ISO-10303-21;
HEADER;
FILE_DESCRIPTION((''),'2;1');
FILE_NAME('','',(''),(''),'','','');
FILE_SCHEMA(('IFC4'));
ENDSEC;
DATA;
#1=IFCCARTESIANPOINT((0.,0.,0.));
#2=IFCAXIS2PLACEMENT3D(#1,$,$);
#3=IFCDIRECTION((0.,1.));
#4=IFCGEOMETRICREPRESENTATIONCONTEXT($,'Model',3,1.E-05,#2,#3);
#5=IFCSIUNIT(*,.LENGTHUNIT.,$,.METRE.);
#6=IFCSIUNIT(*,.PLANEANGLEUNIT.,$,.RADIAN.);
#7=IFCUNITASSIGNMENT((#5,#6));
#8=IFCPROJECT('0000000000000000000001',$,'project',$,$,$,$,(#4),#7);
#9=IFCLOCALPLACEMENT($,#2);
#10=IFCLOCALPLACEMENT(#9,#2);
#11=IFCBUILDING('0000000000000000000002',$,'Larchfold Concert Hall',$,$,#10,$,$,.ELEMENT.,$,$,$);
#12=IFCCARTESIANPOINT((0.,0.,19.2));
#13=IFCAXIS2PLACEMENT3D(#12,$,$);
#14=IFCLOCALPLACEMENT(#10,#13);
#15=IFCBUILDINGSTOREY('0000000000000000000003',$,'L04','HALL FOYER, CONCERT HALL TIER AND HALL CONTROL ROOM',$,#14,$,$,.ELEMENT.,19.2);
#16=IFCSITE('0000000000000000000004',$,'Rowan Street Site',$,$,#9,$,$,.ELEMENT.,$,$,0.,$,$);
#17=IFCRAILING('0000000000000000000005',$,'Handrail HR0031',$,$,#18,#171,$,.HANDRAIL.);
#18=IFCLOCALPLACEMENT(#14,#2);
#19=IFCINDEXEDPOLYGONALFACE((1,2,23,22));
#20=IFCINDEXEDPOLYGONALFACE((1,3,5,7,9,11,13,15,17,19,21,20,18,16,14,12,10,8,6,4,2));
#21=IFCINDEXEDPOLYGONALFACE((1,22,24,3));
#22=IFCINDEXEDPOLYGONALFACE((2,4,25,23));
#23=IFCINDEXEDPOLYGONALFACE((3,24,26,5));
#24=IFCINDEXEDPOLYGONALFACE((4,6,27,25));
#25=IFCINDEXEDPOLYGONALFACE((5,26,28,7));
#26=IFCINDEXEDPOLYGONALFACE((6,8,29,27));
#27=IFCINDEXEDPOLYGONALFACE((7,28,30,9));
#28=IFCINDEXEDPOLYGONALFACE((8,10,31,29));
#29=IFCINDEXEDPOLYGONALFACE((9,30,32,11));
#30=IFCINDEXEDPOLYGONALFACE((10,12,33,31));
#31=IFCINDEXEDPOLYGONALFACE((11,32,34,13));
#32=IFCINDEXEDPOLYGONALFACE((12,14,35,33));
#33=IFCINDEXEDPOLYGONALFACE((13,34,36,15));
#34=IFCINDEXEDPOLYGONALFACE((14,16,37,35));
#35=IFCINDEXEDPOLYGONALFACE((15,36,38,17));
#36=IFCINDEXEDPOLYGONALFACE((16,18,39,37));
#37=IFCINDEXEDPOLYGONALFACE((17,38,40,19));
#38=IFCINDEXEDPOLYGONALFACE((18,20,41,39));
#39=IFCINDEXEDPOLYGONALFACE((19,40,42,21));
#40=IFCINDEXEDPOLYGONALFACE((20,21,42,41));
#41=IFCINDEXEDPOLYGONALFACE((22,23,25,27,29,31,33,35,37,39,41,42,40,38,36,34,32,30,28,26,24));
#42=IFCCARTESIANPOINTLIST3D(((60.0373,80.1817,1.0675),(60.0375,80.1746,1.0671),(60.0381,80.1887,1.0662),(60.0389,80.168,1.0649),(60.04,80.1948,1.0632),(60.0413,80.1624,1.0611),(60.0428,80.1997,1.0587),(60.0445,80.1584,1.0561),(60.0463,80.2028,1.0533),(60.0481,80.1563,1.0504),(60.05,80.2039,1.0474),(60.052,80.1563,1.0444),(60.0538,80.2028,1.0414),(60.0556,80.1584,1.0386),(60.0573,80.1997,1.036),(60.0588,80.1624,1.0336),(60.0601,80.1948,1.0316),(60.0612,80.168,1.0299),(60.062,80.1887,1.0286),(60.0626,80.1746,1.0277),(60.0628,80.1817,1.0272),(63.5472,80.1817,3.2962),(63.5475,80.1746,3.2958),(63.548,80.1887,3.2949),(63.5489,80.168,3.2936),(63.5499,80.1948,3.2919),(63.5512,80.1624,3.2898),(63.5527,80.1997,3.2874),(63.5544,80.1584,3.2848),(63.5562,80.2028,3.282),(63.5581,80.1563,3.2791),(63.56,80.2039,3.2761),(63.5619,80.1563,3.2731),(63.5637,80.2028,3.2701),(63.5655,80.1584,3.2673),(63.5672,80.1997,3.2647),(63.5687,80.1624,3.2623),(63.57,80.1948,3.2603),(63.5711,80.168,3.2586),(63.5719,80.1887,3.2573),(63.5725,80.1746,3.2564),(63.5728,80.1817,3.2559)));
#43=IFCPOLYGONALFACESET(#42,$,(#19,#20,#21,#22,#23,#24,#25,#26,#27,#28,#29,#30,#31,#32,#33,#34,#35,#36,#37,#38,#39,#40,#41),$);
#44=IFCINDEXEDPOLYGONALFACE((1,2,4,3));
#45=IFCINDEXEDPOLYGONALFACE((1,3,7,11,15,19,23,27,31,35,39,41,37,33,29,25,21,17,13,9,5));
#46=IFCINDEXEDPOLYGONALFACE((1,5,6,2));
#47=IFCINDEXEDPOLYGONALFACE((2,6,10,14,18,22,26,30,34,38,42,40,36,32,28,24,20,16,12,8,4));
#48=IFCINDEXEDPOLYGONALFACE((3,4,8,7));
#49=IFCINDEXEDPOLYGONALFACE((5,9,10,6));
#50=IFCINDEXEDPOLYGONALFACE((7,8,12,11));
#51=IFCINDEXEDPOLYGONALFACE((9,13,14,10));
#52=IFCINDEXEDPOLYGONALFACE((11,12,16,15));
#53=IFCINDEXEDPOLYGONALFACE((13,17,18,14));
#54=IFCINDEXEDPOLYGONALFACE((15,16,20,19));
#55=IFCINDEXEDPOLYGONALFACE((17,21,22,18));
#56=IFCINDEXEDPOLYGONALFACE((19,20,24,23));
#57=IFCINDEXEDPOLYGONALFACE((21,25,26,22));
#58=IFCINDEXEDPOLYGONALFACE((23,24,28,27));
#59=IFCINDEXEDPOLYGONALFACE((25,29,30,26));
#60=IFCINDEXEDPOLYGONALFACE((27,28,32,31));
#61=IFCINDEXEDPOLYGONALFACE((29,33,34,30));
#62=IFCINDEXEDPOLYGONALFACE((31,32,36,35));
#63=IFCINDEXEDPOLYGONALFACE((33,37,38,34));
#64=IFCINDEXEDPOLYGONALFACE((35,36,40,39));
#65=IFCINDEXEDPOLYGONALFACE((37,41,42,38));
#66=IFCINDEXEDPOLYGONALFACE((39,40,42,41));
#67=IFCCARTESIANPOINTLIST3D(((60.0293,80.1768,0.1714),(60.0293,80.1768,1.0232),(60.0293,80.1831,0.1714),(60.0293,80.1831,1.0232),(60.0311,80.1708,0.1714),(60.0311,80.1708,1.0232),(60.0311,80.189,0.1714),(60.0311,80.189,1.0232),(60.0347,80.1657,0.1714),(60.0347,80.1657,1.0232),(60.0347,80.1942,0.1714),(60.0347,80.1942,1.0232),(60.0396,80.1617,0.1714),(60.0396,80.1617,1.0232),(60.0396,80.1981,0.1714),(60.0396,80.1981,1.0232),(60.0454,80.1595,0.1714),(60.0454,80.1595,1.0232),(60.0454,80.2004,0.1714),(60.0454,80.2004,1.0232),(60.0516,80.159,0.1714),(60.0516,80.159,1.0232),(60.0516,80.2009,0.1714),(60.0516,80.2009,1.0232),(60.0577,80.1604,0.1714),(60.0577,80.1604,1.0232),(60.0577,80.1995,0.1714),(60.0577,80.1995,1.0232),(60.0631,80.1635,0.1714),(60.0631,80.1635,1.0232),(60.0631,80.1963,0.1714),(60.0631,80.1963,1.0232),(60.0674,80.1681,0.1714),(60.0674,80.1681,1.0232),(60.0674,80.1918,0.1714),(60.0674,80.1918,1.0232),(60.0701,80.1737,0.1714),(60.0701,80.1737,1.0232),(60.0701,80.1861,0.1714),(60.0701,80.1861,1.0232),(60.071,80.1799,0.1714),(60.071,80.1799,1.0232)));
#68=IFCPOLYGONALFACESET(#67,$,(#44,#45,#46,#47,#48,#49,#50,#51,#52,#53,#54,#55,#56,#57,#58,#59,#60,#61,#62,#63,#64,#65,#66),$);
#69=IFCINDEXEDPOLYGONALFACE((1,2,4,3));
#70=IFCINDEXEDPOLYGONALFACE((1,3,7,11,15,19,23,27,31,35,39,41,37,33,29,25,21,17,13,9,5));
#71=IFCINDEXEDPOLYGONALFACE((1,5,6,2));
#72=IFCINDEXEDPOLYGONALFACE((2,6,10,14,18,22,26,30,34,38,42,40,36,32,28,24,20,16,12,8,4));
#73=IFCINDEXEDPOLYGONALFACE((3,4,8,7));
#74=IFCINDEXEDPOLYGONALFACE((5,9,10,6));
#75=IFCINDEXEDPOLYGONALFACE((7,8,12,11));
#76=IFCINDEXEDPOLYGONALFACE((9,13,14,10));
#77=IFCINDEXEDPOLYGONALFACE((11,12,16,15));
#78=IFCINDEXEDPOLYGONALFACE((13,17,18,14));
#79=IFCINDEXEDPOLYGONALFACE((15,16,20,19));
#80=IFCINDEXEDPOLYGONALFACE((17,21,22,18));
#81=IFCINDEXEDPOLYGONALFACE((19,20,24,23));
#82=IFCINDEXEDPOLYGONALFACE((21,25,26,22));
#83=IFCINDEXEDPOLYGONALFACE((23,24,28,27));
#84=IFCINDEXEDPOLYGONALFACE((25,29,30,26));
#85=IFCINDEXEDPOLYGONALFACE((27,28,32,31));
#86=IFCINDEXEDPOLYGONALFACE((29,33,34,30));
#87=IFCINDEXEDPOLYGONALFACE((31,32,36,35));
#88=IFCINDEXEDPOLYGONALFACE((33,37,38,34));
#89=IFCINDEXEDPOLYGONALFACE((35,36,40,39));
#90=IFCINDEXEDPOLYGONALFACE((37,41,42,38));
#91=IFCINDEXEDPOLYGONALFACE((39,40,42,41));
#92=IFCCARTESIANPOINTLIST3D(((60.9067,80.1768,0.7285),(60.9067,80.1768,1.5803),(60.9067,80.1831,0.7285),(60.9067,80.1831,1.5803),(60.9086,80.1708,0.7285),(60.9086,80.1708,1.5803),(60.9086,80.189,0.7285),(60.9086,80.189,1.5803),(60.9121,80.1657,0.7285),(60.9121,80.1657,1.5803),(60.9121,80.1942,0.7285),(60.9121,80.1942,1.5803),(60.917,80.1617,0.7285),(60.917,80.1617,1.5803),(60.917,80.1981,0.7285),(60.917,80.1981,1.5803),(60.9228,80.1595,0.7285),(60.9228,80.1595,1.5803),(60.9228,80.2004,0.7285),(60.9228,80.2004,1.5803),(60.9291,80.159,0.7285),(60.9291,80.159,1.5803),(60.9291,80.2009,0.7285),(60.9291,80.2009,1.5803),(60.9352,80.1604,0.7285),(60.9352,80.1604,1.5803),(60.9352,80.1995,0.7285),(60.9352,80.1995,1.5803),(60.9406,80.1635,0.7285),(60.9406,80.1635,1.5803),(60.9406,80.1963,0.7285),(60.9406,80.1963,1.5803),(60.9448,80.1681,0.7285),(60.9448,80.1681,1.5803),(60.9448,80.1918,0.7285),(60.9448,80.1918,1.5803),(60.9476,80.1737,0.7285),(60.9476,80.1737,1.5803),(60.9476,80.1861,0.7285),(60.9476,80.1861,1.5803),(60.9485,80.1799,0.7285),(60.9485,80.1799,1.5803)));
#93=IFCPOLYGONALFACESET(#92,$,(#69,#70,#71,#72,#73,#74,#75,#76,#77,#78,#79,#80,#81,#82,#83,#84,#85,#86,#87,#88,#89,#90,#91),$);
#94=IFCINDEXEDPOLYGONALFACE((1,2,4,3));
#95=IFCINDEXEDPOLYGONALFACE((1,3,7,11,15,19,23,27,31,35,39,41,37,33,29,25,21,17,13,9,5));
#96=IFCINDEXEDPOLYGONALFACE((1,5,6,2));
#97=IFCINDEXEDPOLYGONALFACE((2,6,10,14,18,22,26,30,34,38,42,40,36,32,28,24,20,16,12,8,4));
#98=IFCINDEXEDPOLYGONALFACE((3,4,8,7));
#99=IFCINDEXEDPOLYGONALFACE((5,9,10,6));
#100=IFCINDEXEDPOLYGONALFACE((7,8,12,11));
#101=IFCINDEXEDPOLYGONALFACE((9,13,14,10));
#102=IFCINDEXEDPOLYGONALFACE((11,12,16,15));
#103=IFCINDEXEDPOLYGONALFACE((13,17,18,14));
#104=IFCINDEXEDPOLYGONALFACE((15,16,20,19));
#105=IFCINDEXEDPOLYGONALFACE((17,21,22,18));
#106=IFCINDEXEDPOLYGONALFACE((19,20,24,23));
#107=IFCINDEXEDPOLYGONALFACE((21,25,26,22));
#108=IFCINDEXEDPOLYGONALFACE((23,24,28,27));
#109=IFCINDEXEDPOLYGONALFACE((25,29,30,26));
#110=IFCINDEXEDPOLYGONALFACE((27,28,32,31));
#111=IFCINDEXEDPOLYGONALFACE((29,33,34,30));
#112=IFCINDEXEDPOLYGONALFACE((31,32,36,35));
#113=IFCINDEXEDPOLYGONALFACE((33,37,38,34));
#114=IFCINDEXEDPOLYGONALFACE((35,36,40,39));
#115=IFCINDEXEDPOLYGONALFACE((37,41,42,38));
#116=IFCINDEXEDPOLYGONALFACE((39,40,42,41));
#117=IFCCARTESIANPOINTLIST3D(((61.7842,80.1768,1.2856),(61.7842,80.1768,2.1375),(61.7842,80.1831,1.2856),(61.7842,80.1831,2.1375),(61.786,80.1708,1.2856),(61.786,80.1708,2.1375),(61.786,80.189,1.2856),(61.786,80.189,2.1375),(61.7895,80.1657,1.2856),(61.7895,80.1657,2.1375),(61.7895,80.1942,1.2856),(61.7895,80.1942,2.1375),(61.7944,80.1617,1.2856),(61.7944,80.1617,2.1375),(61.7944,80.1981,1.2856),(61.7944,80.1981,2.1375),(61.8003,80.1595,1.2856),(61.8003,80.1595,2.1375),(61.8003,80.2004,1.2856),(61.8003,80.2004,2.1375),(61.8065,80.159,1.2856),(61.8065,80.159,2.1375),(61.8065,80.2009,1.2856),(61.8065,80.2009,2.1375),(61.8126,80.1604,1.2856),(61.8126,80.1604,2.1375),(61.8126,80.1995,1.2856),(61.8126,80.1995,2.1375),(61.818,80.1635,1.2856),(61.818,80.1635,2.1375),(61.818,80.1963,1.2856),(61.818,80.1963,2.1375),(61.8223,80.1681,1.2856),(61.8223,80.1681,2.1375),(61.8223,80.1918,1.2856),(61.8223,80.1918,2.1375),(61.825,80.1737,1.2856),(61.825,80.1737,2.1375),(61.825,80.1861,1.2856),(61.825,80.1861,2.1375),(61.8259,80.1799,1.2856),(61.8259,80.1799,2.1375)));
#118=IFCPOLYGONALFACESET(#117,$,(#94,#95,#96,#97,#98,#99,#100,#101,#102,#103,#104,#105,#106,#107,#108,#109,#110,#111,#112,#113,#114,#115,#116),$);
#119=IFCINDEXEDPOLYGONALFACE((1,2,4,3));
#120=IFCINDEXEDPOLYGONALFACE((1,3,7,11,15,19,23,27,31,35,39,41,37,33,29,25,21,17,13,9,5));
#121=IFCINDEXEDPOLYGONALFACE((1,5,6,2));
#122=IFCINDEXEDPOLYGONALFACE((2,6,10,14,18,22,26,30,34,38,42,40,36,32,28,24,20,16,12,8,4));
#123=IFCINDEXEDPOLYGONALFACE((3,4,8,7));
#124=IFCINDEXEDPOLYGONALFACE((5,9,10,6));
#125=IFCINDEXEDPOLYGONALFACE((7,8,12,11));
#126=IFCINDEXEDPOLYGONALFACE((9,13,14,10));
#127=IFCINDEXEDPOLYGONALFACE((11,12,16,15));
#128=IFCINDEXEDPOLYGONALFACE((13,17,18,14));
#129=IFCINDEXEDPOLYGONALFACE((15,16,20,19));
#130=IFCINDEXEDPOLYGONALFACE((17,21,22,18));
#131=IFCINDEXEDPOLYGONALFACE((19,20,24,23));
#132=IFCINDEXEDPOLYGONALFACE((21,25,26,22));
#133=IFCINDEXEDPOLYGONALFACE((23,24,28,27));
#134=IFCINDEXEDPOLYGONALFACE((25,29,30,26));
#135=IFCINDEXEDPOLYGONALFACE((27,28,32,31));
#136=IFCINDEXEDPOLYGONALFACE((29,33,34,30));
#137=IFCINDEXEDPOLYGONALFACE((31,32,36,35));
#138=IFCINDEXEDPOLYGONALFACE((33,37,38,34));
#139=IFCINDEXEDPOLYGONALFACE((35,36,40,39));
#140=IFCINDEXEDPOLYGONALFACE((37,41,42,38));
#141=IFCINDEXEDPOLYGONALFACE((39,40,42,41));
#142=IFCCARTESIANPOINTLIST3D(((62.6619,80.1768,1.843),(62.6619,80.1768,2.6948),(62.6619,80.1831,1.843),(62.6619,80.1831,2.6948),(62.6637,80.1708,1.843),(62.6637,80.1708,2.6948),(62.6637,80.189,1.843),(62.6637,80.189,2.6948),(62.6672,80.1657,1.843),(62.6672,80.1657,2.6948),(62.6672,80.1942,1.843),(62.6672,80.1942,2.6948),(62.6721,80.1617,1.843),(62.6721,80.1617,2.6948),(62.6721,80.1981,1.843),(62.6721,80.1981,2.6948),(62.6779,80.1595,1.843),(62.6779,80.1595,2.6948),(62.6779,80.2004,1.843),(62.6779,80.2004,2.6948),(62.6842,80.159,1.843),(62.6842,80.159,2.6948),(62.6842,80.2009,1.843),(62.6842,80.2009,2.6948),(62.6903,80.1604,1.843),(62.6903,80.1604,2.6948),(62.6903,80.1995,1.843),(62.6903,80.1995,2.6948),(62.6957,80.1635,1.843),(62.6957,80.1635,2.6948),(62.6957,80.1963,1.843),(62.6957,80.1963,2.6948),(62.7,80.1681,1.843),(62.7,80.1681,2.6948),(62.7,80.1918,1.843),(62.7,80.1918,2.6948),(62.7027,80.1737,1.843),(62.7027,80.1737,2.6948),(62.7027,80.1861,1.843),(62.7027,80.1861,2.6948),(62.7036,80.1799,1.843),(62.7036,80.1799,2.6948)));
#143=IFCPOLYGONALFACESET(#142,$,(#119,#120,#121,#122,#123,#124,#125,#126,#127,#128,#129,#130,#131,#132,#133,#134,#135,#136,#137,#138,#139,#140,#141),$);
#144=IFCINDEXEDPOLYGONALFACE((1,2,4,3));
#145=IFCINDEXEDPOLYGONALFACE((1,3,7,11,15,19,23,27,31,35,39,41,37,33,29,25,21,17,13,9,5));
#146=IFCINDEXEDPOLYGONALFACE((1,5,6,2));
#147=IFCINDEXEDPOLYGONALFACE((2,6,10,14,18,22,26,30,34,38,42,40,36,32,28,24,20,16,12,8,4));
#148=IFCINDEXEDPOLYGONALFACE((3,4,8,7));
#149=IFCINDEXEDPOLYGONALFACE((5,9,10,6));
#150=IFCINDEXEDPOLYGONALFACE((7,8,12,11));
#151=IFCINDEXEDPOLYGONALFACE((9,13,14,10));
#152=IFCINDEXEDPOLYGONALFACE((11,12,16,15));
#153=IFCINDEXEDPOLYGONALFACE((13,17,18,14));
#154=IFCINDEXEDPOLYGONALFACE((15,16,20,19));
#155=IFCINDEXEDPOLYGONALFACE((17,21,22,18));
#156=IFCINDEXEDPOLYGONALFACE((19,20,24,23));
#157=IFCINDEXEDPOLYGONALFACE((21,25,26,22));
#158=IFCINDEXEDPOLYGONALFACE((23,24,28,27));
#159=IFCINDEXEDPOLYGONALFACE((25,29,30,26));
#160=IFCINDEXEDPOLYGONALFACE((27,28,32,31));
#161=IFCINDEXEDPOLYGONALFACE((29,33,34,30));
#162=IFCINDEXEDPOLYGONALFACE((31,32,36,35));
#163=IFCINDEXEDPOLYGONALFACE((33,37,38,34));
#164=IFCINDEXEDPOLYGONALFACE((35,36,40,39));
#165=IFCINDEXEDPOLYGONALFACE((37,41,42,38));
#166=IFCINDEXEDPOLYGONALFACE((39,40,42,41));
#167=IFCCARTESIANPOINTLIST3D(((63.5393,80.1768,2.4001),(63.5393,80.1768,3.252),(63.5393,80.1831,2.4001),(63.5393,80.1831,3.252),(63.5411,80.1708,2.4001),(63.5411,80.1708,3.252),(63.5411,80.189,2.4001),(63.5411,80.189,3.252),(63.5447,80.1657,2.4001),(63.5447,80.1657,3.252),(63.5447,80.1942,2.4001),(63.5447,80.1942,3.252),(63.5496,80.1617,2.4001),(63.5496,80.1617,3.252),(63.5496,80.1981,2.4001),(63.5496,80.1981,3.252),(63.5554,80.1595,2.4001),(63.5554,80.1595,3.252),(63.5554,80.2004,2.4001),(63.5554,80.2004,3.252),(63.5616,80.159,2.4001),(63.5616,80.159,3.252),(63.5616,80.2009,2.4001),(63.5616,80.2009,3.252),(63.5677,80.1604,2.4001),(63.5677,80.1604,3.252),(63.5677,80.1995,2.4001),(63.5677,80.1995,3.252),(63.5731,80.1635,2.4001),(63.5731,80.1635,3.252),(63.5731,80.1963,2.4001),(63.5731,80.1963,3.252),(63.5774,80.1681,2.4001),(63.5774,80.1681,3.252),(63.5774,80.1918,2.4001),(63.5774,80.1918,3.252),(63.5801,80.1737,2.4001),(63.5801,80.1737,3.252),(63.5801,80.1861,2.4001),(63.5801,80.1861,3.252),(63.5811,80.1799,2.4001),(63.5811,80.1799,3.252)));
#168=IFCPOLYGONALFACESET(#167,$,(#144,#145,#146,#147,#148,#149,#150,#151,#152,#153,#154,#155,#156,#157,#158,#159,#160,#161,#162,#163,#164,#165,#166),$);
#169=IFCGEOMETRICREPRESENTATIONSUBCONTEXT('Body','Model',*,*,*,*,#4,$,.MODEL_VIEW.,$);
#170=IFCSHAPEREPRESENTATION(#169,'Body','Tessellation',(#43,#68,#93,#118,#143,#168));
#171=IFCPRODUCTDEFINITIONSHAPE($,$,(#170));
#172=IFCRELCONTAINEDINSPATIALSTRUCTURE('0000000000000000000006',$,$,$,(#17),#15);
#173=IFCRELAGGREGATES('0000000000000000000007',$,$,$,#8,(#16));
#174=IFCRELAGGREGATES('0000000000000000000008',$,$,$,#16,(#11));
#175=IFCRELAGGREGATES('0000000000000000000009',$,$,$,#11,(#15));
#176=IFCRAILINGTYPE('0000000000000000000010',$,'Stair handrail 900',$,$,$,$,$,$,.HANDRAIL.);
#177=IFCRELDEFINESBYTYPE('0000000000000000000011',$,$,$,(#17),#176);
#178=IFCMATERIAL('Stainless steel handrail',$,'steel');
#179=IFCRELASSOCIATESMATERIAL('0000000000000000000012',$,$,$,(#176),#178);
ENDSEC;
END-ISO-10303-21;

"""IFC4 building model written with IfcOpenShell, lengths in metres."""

from ifc_helpers import new_model, si_unit, direction, frame, origin, origin_2d, place, context, subcontext, project, spatial, circle, extrude, material, type_object, element, save


model = new_model("IFC4")

# Units and contexts
model_context = context("Model", 3, precision=1e-05, world=origin(), true_north=direction((0.0, 1.0)))
body_context = subcontext(model_context, "Body", "Model", "MODEL_VIEW")
ifc_project = project(units=[si_unit("LENGTHUNIT", "METRE"), si_unit("PLANEANGLEUNIT", "RADIAN")], contexts=[model_context])

# Site, building, storey
site_placement = place(None, origin())
site = spatial("IfcSite", under=ifc_project, at=site_placement, Name="Rowan Street Site", CompositionType="ELEMENT", RefElevation=0.0)
building_placement = place(site_placement, origin())
building = spatial("IfcBuilding", under=site, at=building_placement, Name="Larchfold Concert Hall", CompositionType="ELEMENT")
storey_placement = place(building_placement, frame((0.0, 0.0, 19.2)))
storey = spatial("IfcBuildingStorey", under=building, at=storey_placement, Name="L04", Description="HALL FOYER, CONCERT HALL TIER AND HALL CONTROL ROOM", CompositionType="ELEMENT", Elevation=19.2)

# Railing
ifc_material_1 = material(Name="Stainless steel handrail", Category="steel")
railing_type_1 = type_object("IfcRailingType", Name="Stair handrail 900", PredefinedType="HANDRAIL", material=ifc_material_1)
railing_1_placement = place(storey_placement, frame((60.05, 80.1799, 0.1714)))
element("IfcRailing", 1, at=railing_1_placement, inside=storey, type_object=railing_type_1, Name="Handrail HR0031", PredefinedType="HANDRAIL", context=body_context, shape_type="SweptSolid", body=[
    extrude(circle(Radius=0.0239, at=origin_2d()), frame((0.0, 0.0, 0.876), z_axis=(0.844193, 0.0, 0.536039), x_axis=(0.0, 1.0, 0.0)), (0.0, 0.0, 1.0), 4.1577),
    extrude(circle(Radius=0.021, at=origin_2d()), origin(), (0.0, 0.0, 1.0), 0.8518),
    extrude(circle(Radius=0.021, at=origin_2d()), frame((0.8774, 0.0, 0.5571)), (0.0, 0.0, 1.0), 0.8518),
    extrude(circle(Radius=0.021, at=origin_2d()), frame((1.7549, 0.0, 1.1143)), (0.0, 0.0, 1.0), 0.8518),
    extrude(circle(Radius=0.021, at=origin_2d()), frame((2.6326, 0.0, 1.6716)), (0.0, 0.0, 1.0), 0.8518),
    extrude(circle(Radius=0.021, at=origin_2d()), frame((3.51, 0.0, 2.2288)), (0.0, 0.0, 1.0), 0.8518),
])

save(model, "model.ifc")
